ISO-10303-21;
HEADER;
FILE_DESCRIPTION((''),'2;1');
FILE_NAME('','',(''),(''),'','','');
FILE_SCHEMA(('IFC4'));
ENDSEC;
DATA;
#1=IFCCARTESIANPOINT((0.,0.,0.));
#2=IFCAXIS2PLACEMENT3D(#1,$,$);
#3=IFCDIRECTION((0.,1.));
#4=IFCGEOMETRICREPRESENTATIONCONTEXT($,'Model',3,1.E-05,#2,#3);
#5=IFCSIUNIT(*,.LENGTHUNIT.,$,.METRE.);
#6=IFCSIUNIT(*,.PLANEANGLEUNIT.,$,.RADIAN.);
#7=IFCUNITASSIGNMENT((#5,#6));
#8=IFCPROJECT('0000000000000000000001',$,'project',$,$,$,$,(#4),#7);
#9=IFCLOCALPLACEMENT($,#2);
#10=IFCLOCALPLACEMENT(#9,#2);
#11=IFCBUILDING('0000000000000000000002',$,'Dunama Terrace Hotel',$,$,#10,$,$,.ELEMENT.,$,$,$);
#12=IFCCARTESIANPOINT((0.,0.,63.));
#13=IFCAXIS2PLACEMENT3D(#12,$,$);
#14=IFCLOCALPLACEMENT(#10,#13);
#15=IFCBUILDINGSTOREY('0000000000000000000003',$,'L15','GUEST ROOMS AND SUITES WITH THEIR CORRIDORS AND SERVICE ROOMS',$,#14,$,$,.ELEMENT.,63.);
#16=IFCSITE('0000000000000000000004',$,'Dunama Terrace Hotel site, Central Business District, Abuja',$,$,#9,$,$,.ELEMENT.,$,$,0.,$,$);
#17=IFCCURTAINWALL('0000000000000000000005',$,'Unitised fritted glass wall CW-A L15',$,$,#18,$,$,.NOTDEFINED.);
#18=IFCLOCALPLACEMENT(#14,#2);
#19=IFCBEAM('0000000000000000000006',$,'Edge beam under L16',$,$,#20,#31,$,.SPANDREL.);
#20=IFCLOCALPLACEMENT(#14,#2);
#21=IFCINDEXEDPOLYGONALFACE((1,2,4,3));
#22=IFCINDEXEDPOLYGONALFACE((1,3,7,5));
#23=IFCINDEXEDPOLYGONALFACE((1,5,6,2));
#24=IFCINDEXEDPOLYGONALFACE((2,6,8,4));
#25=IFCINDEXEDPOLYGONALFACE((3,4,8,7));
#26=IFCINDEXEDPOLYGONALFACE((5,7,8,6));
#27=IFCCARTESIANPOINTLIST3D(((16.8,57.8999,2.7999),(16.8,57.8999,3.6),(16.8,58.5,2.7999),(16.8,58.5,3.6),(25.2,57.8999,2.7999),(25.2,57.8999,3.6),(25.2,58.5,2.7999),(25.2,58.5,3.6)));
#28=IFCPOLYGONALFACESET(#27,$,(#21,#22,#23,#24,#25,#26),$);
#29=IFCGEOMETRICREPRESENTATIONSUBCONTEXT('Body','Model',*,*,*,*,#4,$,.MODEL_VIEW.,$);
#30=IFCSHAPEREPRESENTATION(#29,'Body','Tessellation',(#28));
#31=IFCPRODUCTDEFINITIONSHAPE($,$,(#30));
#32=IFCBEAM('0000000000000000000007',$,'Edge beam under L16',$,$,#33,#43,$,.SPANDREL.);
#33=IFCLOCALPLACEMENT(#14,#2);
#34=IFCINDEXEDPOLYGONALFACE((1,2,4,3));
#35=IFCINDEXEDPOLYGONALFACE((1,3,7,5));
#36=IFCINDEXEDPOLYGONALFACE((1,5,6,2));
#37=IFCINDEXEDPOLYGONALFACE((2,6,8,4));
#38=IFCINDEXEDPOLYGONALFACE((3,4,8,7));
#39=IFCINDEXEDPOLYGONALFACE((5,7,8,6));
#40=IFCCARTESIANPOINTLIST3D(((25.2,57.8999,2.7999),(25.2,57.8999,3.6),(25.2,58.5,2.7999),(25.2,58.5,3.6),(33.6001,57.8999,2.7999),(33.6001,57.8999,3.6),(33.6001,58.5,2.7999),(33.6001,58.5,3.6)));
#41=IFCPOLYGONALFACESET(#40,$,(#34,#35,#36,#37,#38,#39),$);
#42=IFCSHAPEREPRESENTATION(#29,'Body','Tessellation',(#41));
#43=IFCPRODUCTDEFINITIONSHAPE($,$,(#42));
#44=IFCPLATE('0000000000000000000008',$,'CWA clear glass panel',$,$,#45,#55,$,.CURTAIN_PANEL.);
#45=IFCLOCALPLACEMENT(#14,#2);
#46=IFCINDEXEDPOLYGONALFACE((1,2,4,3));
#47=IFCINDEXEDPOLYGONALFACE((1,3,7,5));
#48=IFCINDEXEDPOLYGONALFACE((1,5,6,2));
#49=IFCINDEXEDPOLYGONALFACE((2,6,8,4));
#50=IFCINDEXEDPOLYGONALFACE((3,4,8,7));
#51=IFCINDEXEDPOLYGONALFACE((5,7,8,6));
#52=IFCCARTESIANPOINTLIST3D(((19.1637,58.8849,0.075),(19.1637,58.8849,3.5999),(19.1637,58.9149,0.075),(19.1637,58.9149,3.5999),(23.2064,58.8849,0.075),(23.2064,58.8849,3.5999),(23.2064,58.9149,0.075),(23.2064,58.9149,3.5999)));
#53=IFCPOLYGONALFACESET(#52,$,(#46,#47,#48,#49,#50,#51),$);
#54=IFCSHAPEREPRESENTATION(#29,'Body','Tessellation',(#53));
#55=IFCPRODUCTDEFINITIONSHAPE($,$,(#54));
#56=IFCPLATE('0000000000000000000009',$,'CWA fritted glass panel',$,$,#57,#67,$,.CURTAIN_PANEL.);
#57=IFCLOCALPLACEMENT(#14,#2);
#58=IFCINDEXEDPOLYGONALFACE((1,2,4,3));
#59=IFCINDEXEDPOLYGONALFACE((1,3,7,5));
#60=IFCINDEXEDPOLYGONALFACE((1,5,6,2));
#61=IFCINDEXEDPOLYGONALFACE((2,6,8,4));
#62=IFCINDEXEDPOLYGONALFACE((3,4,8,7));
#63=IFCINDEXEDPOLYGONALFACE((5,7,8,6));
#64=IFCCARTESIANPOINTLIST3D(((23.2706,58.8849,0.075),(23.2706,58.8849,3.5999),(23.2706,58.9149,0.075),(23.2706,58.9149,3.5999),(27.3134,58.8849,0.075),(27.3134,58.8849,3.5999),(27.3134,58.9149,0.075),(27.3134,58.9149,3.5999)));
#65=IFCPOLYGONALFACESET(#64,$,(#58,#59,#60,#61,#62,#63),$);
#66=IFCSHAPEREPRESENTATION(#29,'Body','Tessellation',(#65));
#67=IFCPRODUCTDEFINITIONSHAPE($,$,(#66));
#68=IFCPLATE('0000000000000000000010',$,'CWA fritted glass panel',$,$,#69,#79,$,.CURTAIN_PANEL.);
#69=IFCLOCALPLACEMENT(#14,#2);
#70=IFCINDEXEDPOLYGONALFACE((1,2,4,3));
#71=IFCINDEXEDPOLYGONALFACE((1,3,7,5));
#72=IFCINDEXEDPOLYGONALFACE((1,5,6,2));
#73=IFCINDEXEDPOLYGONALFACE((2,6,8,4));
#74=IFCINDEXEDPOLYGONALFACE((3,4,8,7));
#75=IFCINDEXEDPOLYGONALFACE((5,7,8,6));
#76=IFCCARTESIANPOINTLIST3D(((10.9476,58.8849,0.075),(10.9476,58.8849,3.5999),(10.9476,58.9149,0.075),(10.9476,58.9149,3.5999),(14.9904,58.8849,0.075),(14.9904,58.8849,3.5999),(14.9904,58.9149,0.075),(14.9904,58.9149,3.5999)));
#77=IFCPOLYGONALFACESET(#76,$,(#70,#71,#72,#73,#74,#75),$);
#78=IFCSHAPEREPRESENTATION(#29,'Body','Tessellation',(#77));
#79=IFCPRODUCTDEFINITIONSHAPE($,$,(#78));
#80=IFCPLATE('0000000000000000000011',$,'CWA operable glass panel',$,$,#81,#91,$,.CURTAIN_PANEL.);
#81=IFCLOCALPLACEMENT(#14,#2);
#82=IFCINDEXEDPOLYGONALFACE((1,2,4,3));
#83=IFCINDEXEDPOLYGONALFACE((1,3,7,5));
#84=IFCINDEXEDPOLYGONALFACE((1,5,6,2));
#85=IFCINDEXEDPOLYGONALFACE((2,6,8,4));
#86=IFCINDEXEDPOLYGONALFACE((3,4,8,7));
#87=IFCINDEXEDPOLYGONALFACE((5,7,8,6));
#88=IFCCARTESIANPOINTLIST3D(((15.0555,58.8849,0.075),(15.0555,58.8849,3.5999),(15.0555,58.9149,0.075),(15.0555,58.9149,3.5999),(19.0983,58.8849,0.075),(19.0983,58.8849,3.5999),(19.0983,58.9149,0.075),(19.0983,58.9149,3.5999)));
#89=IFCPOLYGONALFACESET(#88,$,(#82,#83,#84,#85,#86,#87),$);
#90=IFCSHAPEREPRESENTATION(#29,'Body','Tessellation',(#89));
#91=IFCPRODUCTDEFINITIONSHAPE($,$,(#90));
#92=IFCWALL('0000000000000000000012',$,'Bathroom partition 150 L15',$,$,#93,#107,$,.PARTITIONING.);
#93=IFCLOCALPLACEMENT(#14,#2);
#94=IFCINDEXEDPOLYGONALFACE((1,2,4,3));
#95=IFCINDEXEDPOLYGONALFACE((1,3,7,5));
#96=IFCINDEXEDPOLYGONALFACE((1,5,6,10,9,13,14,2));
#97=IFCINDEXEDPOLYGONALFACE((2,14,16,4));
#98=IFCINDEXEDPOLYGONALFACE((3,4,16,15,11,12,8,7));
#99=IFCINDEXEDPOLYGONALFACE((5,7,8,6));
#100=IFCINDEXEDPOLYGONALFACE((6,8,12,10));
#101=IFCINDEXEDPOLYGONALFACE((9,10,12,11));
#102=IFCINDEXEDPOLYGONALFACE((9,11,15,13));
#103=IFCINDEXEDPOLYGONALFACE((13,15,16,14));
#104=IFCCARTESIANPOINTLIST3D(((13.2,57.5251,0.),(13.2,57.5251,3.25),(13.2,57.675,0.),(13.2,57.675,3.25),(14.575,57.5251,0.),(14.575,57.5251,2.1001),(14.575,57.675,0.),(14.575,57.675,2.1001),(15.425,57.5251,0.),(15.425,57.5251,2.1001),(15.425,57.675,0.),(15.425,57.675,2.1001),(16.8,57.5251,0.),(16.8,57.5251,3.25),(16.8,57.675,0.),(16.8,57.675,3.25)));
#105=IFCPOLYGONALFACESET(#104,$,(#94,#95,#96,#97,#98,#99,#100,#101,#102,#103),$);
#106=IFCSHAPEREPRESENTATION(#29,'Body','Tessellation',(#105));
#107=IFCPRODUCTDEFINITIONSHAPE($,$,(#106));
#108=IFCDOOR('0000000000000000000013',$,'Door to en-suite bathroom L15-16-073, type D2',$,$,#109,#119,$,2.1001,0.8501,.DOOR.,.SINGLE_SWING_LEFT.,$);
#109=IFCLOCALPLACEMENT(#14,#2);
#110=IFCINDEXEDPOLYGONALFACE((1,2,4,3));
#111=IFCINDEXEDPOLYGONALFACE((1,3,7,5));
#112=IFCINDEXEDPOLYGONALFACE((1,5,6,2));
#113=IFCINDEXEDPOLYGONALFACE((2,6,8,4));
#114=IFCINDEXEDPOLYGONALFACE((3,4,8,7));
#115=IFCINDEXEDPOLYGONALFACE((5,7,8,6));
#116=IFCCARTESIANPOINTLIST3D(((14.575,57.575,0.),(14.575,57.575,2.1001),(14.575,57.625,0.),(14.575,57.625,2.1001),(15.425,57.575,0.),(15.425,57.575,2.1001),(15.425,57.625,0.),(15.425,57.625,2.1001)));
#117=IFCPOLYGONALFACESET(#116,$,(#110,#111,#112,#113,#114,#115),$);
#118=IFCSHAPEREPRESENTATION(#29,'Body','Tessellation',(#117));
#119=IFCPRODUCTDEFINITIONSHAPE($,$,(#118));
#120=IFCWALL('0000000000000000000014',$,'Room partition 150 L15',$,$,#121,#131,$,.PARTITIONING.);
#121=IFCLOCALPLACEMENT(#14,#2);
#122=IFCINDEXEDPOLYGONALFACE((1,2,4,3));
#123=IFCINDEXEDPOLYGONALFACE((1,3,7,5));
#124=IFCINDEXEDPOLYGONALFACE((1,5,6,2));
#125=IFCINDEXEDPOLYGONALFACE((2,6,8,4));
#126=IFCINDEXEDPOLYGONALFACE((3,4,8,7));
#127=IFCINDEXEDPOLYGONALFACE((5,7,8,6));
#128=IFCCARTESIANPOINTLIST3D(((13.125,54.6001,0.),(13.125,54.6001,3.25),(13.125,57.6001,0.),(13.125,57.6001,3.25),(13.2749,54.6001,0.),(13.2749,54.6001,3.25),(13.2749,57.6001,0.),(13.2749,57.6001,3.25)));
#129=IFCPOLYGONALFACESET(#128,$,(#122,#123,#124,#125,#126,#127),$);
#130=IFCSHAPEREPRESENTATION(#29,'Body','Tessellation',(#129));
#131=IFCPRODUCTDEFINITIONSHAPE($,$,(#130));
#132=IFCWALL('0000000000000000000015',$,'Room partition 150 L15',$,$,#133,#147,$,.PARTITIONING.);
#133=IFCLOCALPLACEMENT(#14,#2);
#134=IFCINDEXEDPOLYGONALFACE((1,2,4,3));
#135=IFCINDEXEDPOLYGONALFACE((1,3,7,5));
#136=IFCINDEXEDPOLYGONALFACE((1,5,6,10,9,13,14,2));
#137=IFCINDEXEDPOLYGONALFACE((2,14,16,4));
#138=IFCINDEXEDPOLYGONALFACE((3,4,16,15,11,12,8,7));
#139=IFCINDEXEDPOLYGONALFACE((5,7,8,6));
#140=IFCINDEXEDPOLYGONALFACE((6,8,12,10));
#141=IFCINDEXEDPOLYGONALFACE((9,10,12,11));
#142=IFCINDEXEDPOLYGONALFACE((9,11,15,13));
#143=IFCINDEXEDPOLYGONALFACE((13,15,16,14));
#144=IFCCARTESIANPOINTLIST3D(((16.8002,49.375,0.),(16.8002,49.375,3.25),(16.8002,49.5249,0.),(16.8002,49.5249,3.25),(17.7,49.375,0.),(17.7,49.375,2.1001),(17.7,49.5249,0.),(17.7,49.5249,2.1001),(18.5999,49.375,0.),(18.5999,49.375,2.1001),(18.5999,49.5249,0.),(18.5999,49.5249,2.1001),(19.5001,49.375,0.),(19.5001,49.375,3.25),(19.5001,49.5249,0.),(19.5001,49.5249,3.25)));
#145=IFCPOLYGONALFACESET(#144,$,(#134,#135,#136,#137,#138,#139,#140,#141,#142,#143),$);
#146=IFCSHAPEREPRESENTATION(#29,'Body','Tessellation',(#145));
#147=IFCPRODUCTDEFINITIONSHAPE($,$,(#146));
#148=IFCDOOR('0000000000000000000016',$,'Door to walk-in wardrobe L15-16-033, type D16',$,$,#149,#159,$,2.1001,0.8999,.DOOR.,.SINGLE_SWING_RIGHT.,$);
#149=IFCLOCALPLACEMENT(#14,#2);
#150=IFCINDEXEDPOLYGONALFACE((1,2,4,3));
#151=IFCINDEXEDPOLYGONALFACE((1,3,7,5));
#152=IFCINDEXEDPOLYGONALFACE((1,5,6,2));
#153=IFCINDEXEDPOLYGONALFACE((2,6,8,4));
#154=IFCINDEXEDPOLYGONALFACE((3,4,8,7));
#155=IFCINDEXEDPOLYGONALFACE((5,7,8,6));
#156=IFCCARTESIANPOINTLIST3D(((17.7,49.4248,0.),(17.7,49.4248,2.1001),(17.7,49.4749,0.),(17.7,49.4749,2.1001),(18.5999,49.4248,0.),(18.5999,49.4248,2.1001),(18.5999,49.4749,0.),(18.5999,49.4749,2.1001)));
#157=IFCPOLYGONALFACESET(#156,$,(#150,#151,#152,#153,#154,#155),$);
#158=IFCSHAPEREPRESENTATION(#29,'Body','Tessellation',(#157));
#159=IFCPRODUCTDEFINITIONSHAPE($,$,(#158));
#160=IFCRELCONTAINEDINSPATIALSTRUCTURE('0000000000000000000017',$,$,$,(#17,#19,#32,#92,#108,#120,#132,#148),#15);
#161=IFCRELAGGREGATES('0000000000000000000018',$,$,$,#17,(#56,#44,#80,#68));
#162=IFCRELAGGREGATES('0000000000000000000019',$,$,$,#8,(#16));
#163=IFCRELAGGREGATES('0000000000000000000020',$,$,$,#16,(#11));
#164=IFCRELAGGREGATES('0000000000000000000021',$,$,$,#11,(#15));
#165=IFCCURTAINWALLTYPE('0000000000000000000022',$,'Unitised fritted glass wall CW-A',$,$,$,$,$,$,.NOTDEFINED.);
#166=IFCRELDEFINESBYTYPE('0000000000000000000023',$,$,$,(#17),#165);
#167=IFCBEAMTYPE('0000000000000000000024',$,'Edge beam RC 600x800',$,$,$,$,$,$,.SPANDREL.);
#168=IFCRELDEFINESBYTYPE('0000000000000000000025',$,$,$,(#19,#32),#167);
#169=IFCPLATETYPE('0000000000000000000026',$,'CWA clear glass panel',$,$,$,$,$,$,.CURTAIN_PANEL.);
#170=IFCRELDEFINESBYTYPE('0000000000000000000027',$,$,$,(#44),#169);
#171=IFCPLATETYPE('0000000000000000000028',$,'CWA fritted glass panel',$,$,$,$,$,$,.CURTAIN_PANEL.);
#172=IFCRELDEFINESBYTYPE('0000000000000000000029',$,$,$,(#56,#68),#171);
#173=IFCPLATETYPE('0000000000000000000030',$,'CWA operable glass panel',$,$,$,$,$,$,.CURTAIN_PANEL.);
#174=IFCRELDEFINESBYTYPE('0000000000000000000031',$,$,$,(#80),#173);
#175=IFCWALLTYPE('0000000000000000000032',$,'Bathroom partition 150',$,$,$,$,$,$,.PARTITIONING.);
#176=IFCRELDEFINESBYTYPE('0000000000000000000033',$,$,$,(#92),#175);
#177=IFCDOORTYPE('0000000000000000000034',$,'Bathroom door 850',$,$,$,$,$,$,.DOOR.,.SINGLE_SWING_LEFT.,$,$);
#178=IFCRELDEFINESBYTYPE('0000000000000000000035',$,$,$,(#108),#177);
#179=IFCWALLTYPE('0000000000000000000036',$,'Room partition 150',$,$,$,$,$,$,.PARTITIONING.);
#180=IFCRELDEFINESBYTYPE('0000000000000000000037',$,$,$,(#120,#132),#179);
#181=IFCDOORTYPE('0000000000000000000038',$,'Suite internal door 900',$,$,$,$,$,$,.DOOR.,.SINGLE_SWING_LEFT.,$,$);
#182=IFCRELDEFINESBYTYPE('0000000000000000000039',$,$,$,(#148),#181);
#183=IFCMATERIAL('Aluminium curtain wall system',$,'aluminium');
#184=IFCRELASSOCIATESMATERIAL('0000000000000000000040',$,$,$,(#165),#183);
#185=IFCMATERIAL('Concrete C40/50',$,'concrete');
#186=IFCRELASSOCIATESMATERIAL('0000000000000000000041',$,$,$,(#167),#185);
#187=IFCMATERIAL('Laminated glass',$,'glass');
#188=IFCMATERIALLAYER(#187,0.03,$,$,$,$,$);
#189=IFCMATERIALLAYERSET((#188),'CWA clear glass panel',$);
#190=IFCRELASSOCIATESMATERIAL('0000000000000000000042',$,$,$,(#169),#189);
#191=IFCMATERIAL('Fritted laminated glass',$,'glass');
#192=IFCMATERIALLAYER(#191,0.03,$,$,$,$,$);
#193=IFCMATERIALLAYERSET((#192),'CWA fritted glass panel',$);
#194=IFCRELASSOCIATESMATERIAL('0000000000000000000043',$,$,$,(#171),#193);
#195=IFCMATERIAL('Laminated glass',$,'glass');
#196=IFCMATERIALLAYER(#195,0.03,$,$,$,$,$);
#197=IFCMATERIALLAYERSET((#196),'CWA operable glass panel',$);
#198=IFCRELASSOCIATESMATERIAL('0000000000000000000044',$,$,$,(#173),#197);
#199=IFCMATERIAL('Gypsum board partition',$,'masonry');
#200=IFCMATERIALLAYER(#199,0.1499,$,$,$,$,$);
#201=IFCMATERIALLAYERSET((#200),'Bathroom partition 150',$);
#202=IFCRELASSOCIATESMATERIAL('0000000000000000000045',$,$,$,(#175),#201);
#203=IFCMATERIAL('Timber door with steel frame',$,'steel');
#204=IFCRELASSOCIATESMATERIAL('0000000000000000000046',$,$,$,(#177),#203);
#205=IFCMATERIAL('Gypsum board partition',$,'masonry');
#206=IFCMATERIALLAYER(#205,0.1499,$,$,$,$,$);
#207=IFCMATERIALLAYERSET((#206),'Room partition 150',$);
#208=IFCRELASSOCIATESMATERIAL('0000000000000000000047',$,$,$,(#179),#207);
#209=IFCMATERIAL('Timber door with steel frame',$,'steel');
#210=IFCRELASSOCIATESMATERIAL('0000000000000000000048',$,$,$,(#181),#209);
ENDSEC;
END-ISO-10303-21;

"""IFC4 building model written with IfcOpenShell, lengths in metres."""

from ifc_helpers import new_model, si_unit, direction, frame, frame_2d, origin, origin_2d, place, context, subcontext, project, spatial, rectangle, extrude, material, layer, layer_set, material_profile, profile_set, type_object, element, fill, aggregate, save


model = new_model("IFC4")

# Units and contexts
model_context = context("Model", 3, precision=1e-05, world=origin(), true_north=direction((0.0, 1.0)))
body_context = subcontext(model_context, "Body", "Model", "MODEL_VIEW")
ifc_project = project(units=[si_unit("LENGTHUNIT", "METRE"), si_unit("PLANEANGLEUNIT", "RADIAN")], contexts=[model_context])

# Site, building, storey
site_placement = place(None, origin())
site = spatial("IfcSite", under=ifc_project, at=site_placement, Name="Dunama Terrace Hotel site, Central Business District, Abuja", CompositionType="ELEMENT", RefElevation=0.0)
building_placement = place(site_placement, origin())
building = spatial("IfcBuilding", under=site, at=building_placement, Name="Dunama Terrace Hotel", CompositionType="ELEMENT")
storey_placement = place(building_placement, frame((0.0, 0.0, 63.0)))
storey = spatial("IfcBuildingStorey", under=building, at=storey_placement, Name="L15", Description="GUEST ROOMS AND SUITES WITH THEIR CORRIDORS AND SERVICE ROOMS", CompositionType="ELEMENT", Elevation=63.0)

# Curtain wall
ifc_material_1 = material(Name="Aluminium curtain wall system", Category="aluminium")
curtain_wall_type = type_object("IfcCurtainWallType", Name="Unitised fritted glass wall CW-A", PredefinedType="NOTDEFINED", material=ifc_material_1)
curtain_wall_placement = place(storey_placement, origin())
curtain_wall = element("IfcCurtainWall", 1, at=curtain_wall_placement, inside=storey, type_object=curtain_wall_type, Name="Unitised fritted glass wall CW-A L15", PredefinedType="NOTDEFINED")

# Beams
ifc_material_2 = material(Name="Concrete C40/50", Category="concrete")
ifc_material_profile_1 = material_profile(ifc_material_2, rectangle(XDim=0.6001, YDim=0.8, at=origin_2d()), Name="RC 600x800")
ifc_profile_set_1 = profile_set([ifc_material_profile_1], Name="Concrete C40/50")
beam_type = type_object("IfcBeamType", Name="Edge beam RC 600x800", PredefinedType="SPANDREL", material=ifc_profile_set_1)
beam_1_placement = place(storey_placement, frame((16.8, 58.2, 3.2), z_axis=(1.0, 0.0, 0.0), x_axis=(0.0, 1.0, 0.0)))
element("IfcBeam", 2, at=beam_1_placement, inside=storey, type_object=beam_type, Name="Edge beam under L16", PredefinedType="SPANDREL", context=body_context, shape_type="SweptSolid", body=[
    extrude(rectangle(XDim=0.6001, YDim=0.8, at=origin_2d()), origin(), (0.0, 0.0, 1.0), 8.3999),
])
beam_2_placement = place(storey_placement, frame((25.2, 58.2, 3.2), z_axis=(1.0, 0.0, 0.0), x_axis=(0.0, 1.0, 0.0)))
element("IfcBeam", 3, at=beam_2_placement, inside=storey, type_object=beam_type, Name="Edge beam under L16", PredefinedType="SPANDREL", context=body_context, shape_type="SweptSolid", body=[
    extrude(rectangle(XDim=0.6001, YDim=0.8, at=origin_2d()), origin(), (0.0, 0.0, 1.0), 8.4001),
])

# Plates
ifc_material_3 = material(Name="Laminated glass", Category="glass")
ifc_layer_1 = layer(ifc_material_3, 0.03)
ifc_layer_set_1 = layer_set([ifc_layer_1], Name="CWA clear glass panel")
plate_type_1 = type_object("IfcPlateType", Name="CWA clear glass panel", PredefinedType="CURTAIN_PANEL", material=ifc_layer_set_1)
plate_1_placement = place(storey_placement, frame((21.1851, 58.8999, 0.075), z_axis=(0.0, 0.0, 1.0), x_axis=(-1.0, 0.0, 0.0)))
plate_1 = element("IfcPlate", 4, at=plate_1_placement, type_object=plate_type_1, Name="CWA clear glass panel", PredefinedType="CURTAIN_PANEL", context=body_context, shape_type="SweptSolid", body=[
    extrude(rectangle(XDim=4.0427, YDim=0.03, at=origin_2d()), origin(), (0.0, 0.0, 1.0), 3.5249),
])
ifc_material_4 = material(Name="Fritted laminated glass", Category="glass")
ifc_layer_2 = layer(ifc_material_4, 0.03)
ifc_layer_set_2 = layer_set([ifc_layer_2], Name="CWA fritted glass panel")
plate_type_2 = type_object("IfcPlateType", Name="CWA fritted glass panel", PredefinedType="CURTAIN_PANEL", material=ifc_layer_set_2)
plate_2_placement = place(storey_placement, frame((25.292, 58.8999, 0.075), z_axis=(0.0, 0.0, 1.0), x_axis=(-1.0, 0.0, 0.0)))
plate_2 = element("IfcPlate", 5, at=plate_2_placement, type_object=plate_type_2, Name="CWA fritted glass panel", PredefinedType="CURTAIN_PANEL", context=body_context, shape_type="SweptSolid", body=[
    extrude(rectangle(XDim=4.0427, YDim=0.03, at=origin_2d()), origin(), (0.0, 0.0, 1.0), 3.5249),
])
plate_3_placement = place(storey_placement, frame((12.969, 58.8999, 0.075), z_axis=(0.0, 0.0, 1.0), x_axis=(-1.0, 0.0, 0.0)))
plate_3 = element("IfcPlate", 6, at=plate_3_placement, type_object=plate_type_2, Name="CWA fritted glass panel", PredefinedType="CURTAIN_PANEL", context=body_context, shape_type="SweptSolid", body=[
    extrude(rectangle(XDim=4.0427, YDim=0.03, at=origin_2d()), origin(), (0.0, 0.0, 1.0), 3.5249),
])
ifc_material_5 = material(Name="Laminated glass", Category="glass")
ifc_layer_3 = layer(ifc_material_5, 0.03)
ifc_layer_set_3 = layer_set([ifc_layer_3], Name="CWA operable glass panel")
plate_type_3 = type_object("IfcPlateType", Name="CWA operable glass panel", PredefinedType="CURTAIN_PANEL", material=ifc_layer_set_3)
plate_4_placement = place(storey_placement, frame((17.0769, 58.8999, 0.075), z_axis=(0.0, 0.0, 1.0), x_axis=(-1.0, 0.0, 0.0)))
plate_4 = element("IfcPlate", 7, at=plate_4_placement, type_object=plate_type_3, Name="CWA operable glass panel", PredefinedType="CURTAIN_PANEL", context=body_context, shape_type="SweptSolid", body=[
    extrude(rectangle(XDim=4.0427, YDim=0.03, at=origin_2d()), origin(), (0.0, 0.0, 1.0), 3.5249),
])
aggregate(curtain_wall, [plate_2, plate_1, plate_4, plate_3])

# Wall, opening, door
ifc_material_6 = material(Name="Gypsum board partition", Category="masonry")
ifc_layer_4 = layer(ifc_material_6, 0.1499)
ifc_layer_set_4 = layer_set([ifc_layer_4], Name="Bathroom partition 150")
wall_type_1 = type_object("IfcWallType", Name="Bathroom partition 150", PredefinedType="PARTITIONING", material=ifc_layer_set_4)
wall_1_placement = place(storey_placement, frame((13.2, 57.6001, 0.0), z_axis=(0.0, 0.0, 1.0), x_axis=(1.0, 0.0, 0.0)))
wall_1 = element("IfcWall", 8, at=wall_1_placement, inside=storey, type_object=wall_type_1, Name="Bathroom partition 150 L15", PredefinedType="PARTITIONING", context=body_context, shape_type="SweptSolid", body=[
    extrude(rectangle(XDim=3.6001, YDim=0.1499, at=frame_2d((1.8, 0.0))), origin(), (0.0, 0.0, 1.0), 3.25),
])
opening_1_placement = place(wall_1_placement, frame((1.375, 0.0, 0.0)))
opening_1 = element("IfcOpeningElement", 9, at=opening_1_placement, cuts=wall_1, PredefinedType="OPENING", context=body_context, shape_type="SweptSolid", body=[
    extrude(rectangle(XDim=0.8501, YDim=2.1001, at=frame_2d((0.425, 1.05))), frame((0.0, 0.085, 0.0), z_axis=(0.0, -1.0, 0.0), x_axis=(1.0, 0.0, 0.0)), (0.0, 0.0, 1.0), 0.1699),
])
ifc_material_7 = material(Name="Timber door with steel frame", Category="steel")
door_type_1 = type_object("IfcDoorType", Name="Bathroom door 850", OperationType="SINGLE_SWING_LEFT", PredefinedType="DOOR", material=ifc_material_7)
door_1_placement = place(opening_1_placement, frame((0.8501, 0.0, 0.0), z_axis=(0.0, 0.0, 1.0), x_axis=(-1.0, 0.0, 0.0)))
door_1 = element("IfcDoor", 10, at=door_1_placement, inside=storey, type_object=door_type_1, Name="Door to en-suite bathroom L15-16-073, type D2", OperationType="SINGLE_SWING_LEFT", OverallHeight=2.1001, OverallWidth=0.8501, PredefinedType="DOOR", context=body_context, shape_type="SweptSolid", body=[
    extrude(rectangle(XDim=0.8501, YDim=2.1001, at=frame_2d((0.425, 1.05))), frame((0.0, 0.0251, 0.0), z_axis=(0.0, -1.0, 0.0), x_axis=(1.0, 0.0, 0.0)), (0.0, 0.0, 1.0), 0.05),
])
fill(opening_1, door_1)

# Wall
ifc_material_8 = material(Name="Gypsum board partition", Category="masonry")
ifc_layer_5 = layer(ifc_material_8, 0.1499)
ifc_layer_set_5 = layer_set([ifc_layer_5], Name="Room partition 150")
wall_type_2 = type_object("IfcWallType", Name="Room partition 150", PredefinedType="PARTITIONING", material=ifc_layer_set_5)
wall_2_placement = place(storey_placement, frame((13.2, 54.6001, 0.0), z_axis=(0.0, 0.0, 1.0), x_axis=(0.0, 1.0, 0.0)))
element("IfcWall", 11, at=wall_2_placement, inside=storey, type_object=wall_type_2, Name="Room partition 150 L15", PredefinedType="PARTITIONING", context=body_context, shape_type="SweptSolid", body=[
    extrude(rectangle(XDim=3.0, YDim=0.1499, at=frame_2d((1.5, 0.0))), origin(), (0.0, 0.0, 1.0), 3.25),
])

# Wall, opening, door
wall_3_placement = place(storey_placement, frame((16.8, 49.45, 0.0), z_axis=(0.0, 0.0, 1.0), x_axis=(1.0, 0.0, 0.0)))
wall_3 = element("IfcWall", 12, at=wall_3_placement, inside=storey, type_object=wall_type_2, Name="Room partition 150 L15", PredefinedType="PARTITIONING", context=body_context, shape_type="SweptSolid", body=[
    extrude(rectangle(XDim=2.7, YDim=0.1499, at=frame_2d((1.3501, 0.0))), origin(), (0.0, 0.0, 1.0), 3.25),
])
opening_2_placement = place(wall_3_placement, frame((0.8999, 0.0, 0.0)))
opening_2 = element("IfcOpeningElement", 13, at=opening_2_placement, cuts=wall_3, PredefinedType="OPENING", context=body_context, shape_type="SweptSolid", body=[
    extrude(rectangle(XDim=0.8999, YDim=2.1001, at=frame_2d((0.45, 1.05))), frame((0.0, 0.085, 0.0), z_axis=(0.0, -1.0, 0.0), x_axis=(1.0, 0.0, 0.0)), (0.0, 0.0, 1.0), 0.1699),
])
ifc_material_9 = material(Name="Timber door with steel frame", Category="steel")
door_type_2 = type_object("IfcDoorType", Name="Suite internal door 900", OperationType="SINGLE_SWING_LEFT", PredefinedType="DOOR", material=ifc_material_9)
door_2_placement = place(opening_2_placement, frame((0.8999, 0.0, 0.0), z_axis=(0.0, 0.0, 1.0), x_axis=(-1.0, 0.0, 0.0)))
door_2 = element("IfcDoor", 14, at=door_2_placement, inside=storey, type_object=door_type_2, Name="Door to walk-in wardrobe L15-16-033, type D16", OperationType="SINGLE_SWING_RIGHT", OverallHeight=2.1001, OverallWidth=0.8999, PredefinedType="DOOR", context=body_context, shape_type="SweptSolid", body=[
    extrude(rectangle(XDim=0.8999, YDim=2.1001, at=frame_2d((0.45, 1.05))), frame((0.0, 0.0251, 0.0), z_axis=(0.0, -1.0, 0.0), x_axis=(1.0, 0.0, 0.0)), (0.0, 0.0, 1.0), 0.05),
])
fill(opening_2, door_2)

save(model, "model.ifc")
